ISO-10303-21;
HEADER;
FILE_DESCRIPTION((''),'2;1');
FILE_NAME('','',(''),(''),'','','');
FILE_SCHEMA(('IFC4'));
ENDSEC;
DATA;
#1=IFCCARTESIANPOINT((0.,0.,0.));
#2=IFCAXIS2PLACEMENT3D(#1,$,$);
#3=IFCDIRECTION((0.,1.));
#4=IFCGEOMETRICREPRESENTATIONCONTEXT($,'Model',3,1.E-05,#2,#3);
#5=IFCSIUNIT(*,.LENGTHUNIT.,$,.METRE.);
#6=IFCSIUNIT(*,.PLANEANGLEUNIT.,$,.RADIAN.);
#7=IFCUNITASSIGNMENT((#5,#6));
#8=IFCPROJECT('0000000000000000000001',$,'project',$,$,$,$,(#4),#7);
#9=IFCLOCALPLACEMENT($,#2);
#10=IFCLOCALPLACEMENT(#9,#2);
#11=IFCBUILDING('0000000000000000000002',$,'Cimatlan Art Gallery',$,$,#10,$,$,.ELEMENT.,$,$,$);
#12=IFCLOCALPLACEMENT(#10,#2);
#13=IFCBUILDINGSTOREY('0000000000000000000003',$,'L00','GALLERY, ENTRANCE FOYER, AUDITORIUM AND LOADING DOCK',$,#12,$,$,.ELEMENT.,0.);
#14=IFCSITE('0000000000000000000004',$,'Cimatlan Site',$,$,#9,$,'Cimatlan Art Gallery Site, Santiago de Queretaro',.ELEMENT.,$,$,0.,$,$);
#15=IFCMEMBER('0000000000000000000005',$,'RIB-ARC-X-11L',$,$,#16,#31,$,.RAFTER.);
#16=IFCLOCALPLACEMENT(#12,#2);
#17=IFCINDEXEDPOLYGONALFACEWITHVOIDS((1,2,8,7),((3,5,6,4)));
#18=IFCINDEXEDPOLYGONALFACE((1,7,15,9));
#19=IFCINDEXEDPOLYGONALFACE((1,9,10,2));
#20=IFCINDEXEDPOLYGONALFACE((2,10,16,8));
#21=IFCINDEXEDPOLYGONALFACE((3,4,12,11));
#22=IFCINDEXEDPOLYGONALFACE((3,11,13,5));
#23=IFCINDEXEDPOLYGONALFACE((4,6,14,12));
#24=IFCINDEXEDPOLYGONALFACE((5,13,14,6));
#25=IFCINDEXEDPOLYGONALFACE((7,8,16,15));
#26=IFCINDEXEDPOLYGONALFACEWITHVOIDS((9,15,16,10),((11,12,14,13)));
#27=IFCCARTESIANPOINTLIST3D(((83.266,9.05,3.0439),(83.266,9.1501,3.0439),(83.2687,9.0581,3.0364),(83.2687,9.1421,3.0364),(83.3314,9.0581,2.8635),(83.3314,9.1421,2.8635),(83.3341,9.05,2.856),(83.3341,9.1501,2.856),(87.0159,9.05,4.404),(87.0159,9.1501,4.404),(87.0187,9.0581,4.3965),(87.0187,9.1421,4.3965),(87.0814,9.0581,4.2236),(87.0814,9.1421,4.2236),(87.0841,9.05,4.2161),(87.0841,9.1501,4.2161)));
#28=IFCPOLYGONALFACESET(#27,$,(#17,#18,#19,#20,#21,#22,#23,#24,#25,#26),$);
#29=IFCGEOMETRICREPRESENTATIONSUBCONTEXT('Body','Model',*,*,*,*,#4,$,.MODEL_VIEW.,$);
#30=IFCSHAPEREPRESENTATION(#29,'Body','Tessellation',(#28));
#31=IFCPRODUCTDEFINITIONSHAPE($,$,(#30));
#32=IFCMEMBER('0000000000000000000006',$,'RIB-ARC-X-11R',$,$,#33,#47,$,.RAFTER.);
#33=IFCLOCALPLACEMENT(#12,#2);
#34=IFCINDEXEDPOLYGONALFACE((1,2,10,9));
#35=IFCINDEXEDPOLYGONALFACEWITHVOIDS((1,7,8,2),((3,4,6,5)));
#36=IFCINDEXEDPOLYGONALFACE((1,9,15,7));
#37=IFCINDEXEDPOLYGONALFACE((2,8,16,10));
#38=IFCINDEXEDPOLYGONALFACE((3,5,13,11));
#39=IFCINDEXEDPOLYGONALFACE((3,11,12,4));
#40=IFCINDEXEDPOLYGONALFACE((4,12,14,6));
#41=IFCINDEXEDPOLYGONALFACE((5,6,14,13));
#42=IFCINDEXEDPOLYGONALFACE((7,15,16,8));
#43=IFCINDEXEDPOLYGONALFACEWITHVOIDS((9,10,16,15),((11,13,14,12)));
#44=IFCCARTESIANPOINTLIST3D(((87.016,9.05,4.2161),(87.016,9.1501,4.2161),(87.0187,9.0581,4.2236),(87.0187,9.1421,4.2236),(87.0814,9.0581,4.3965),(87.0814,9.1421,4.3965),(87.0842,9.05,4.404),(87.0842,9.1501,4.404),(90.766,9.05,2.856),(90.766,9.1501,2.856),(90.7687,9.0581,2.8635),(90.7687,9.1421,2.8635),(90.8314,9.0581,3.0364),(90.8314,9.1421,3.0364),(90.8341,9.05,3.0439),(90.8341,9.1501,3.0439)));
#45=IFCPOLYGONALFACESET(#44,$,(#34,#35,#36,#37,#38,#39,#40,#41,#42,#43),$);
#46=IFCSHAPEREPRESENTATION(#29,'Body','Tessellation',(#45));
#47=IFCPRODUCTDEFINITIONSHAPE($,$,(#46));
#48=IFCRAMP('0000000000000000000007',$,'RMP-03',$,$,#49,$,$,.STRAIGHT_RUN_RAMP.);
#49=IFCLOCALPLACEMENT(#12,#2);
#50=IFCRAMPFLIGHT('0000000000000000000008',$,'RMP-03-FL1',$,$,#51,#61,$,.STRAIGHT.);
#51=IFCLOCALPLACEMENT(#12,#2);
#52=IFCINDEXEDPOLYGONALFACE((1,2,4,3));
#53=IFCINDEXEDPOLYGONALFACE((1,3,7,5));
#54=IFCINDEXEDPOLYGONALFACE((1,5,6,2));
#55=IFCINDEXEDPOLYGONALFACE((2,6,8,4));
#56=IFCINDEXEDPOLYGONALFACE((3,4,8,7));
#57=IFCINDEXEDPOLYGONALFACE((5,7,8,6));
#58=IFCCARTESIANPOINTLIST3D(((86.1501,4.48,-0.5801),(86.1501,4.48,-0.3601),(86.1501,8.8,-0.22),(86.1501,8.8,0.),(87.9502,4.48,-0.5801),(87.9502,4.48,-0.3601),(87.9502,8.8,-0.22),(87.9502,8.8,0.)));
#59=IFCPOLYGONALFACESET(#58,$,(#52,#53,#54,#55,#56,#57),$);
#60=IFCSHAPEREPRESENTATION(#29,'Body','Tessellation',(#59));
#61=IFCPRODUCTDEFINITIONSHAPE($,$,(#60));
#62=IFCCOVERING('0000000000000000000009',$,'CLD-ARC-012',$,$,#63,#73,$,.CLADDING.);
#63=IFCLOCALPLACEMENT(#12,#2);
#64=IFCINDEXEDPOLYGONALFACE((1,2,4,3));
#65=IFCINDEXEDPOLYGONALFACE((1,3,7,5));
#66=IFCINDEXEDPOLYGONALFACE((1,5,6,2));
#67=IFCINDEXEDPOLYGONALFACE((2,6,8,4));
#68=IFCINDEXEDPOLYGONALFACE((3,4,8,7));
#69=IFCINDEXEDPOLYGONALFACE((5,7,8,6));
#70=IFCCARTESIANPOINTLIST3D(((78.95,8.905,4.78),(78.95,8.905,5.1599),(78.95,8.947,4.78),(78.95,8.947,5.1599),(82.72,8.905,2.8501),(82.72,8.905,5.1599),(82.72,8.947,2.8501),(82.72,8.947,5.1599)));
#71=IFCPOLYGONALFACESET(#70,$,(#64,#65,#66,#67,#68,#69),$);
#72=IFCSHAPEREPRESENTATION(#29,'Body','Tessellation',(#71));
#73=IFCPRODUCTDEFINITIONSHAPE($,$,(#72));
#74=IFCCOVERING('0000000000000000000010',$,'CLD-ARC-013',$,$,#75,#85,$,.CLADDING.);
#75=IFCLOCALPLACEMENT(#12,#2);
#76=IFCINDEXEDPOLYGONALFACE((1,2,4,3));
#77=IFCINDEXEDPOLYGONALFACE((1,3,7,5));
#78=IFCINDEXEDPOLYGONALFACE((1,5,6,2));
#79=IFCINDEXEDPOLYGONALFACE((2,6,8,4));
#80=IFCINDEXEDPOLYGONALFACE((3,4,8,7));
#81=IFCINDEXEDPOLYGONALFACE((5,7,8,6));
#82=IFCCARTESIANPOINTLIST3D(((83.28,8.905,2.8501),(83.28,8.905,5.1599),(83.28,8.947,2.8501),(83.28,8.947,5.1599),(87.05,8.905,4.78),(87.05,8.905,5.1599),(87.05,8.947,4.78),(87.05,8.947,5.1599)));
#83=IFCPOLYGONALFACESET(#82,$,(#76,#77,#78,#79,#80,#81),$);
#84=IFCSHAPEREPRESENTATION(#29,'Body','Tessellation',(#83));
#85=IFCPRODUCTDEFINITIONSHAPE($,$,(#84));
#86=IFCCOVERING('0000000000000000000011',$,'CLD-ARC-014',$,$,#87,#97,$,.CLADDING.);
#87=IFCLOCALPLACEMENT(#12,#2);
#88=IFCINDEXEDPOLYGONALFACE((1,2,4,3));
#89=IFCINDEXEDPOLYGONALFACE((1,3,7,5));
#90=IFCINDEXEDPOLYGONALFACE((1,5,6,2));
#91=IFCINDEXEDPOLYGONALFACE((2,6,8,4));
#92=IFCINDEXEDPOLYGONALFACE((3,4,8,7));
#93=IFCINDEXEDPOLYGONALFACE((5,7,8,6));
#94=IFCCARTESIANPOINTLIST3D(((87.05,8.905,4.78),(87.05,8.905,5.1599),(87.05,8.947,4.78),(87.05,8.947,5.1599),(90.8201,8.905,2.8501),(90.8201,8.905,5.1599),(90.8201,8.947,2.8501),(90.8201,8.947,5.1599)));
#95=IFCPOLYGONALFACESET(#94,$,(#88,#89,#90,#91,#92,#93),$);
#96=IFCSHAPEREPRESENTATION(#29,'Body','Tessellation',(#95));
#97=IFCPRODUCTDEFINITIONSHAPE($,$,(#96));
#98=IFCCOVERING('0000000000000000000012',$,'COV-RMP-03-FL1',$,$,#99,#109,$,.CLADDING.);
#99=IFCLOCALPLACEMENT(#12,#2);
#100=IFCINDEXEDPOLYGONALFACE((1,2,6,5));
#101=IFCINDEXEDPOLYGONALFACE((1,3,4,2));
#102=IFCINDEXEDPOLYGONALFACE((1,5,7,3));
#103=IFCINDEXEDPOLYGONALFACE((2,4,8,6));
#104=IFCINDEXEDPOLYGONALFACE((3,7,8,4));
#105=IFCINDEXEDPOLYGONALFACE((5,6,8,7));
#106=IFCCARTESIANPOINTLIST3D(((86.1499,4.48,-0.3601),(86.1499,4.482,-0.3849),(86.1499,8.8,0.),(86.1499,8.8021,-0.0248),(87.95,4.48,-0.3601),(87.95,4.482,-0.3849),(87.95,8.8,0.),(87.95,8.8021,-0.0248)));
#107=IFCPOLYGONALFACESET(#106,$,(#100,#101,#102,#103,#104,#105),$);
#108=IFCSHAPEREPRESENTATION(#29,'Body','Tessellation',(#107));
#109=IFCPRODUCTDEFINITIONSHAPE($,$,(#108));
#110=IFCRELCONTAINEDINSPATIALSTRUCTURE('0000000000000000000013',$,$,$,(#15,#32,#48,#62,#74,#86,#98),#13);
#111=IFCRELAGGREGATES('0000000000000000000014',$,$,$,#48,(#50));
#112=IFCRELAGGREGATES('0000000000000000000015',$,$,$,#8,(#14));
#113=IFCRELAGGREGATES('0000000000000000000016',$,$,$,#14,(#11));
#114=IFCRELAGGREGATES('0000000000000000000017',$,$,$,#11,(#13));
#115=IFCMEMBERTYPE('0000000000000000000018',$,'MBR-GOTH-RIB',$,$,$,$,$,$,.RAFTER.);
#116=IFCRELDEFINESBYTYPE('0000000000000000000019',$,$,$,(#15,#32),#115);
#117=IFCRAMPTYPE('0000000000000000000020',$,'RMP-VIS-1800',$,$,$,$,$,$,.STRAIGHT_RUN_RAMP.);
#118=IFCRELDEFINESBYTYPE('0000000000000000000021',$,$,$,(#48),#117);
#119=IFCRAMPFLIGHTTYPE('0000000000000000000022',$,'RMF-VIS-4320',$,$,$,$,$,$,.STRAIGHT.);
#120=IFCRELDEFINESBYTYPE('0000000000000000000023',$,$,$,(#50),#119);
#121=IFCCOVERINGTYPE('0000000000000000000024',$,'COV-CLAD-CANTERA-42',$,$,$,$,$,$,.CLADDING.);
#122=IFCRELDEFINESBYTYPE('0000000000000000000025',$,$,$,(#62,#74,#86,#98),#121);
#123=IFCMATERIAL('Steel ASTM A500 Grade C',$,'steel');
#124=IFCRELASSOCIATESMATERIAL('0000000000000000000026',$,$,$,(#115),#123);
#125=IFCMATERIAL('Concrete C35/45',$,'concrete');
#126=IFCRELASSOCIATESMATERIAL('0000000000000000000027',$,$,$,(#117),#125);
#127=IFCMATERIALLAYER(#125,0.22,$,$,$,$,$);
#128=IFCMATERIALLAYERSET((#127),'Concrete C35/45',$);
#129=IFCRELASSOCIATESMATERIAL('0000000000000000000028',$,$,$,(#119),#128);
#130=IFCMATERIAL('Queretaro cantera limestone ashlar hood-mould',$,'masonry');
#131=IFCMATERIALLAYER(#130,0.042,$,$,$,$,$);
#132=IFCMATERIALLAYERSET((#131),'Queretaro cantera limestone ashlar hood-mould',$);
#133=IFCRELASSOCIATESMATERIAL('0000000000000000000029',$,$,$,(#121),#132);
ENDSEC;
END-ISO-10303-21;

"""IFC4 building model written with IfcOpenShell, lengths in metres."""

from ifc_helpers import new_model, si_unit, direction, frame, origin, origin_2d, place, context, subcontext, project, spatial, polyline, hollow_rectangle, outline, extrude, material, layer, layer_set, material_profile, profile_set, type_object, element, aggregate, save


model = new_model("IFC4")

# Units and contexts
model_context = context("Model", 3, precision=1e-05, world=origin(), true_north=direction((0.0, 1.0)))
body_context = subcontext(model_context, "Body", "Model", "MODEL_VIEW")
ifc_project = project(units=[si_unit("LENGTHUNIT", "METRE"), si_unit("PLANEANGLEUNIT", "RADIAN")], contexts=[model_context])

# Site, building, storey
site_placement = place(None, origin())
site = spatial("IfcSite", under=ifc_project, at=site_placement, Name="Cimatlan Site", LongName="Cimatlan Art Gallery Site, Santiago de Queretaro", CompositionType="ELEMENT", RefElevation=0.0)
building_placement = place(site_placement, origin())
building = spatial("IfcBuilding", under=site, at=building_placement, Name="Cimatlan Art Gallery", CompositionType="ELEMENT")
storey_placement = place(building_placement, origin())
storey = spatial("IfcBuildingStorey", under=building, at=storey_placement, Name="L00", Description="GALLERY, ENTRANCE FOYER, AUDITORIUM AND LOADING DOCK", CompositionType="ELEMENT", Elevation=0.0)

# Members
ifc_material_1 = material(Name="Steel ASTM A500 Grade C", Category="steel")
ifc_material_profile_1 = material_profile(ifc_material_1, hollow_rectangle(XDim=0.1001, YDim=0.2, WallThickness=0.0081, at=origin_2d()), Name="HSS200X100X8")
ifc_profile_set_1 = profile_set([ifc_material_profile_1], Name="Steel ASTM A500 Grade C")
member_type = type_object("IfcMemberType", Name="MBR-GOTH-RIB", PredefinedType="RAFTER", material=ifc_profile_set_1)
for number, where, z_axis, x_axis, name in (
    (1, (83.3, 9.1001, 2.95), (0.940077, 0.0, 0.340962), (0.0, 1.0, 0.0), "RIB-ARC-X-11L"),
    (2, (90.8, 9.1001, 2.95), (-0.940077, 0.0, 0.340962), (0.0, -1.0, 0.0), "RIB-ARC-X-11R"),
):
    element("IfcMember", number, at=place(storey_placement, frame(where, z_axis=z_axis, x_axis=x_axis)), inside=storey, type_object=member_type, Name=name, PredefinedType="RAFTER", context=body_context, shape_type="SweptSolid", body=[
        extrude(hollow_rectangle(XDim=0.1001, YDim=0.2, WallThickness=0.0081, at=origin_2d()), origin(), (0.0, 0.0, 1.0), 3.989),
    ])

# Ramp, ramp flight
ifc_material_2 = material(Name="Concrete C35/45", Category="concrete")
ramp_type = type_object("IfcRampType", Name="RMP-VIS-1800", PredefinedType="STRAIGHT_RUN_RAMP", material=ifc_material_2)
ramp_placement = place(storey_placement, origin())
ramp = element("IfcRamp", 3, at=ramp_placement, inside=storey, type_object=ramp_type, Name="RMP-03", PredefinedType="STRAIGHT_RUN_RAMP")
ifc_layer_1 = layer(ifc_material_2, 0.22)
ifc_layer_set_1 = layer_set([ifc_layer_1], Name="Concrete C35/45")
ramp_flight_type = type_object("IfcRampFlightType", Name="RMF-VIS-4320", PredefinedType="STRAIGHT", material=ifc_layer_set_1)
ramp_flight_placement = place(storey_placement, frame((87.05, 4.48, -0.3601), z_axis=(0.0, 0.0, 1.0), x_axis=(0.0, 1.0, 0.0)))
ramp_flight = element("IfcRampFlight", 4, at=ramp_flight_placement, type_object=ramp_flight_type, Name="RMP-03-FL1", PredefinedType="STRAIGHT", context=body_context, shape_type="SweptSolid", body=[
    extrude(outline(polyline([(0.0, 0.0), (4.3201, 0.3601), (4.3201, 0.1401), (0.0, -0.22), (0.0, 0.0)])), frame((0.0, 0.8999, 0.0), z_axis=(0.0, -1.0, 0.0), x_axis=(1.0, 0.0, 0.0)), (0.0, 0.0, 1.0), 1.8),
])
aggregate(ramp, [ramp_flight])

# Coverings
ifc_material_3 = material(Name="Queretaro cantera limestone ashlar hood-mould", Category="masonry")
ifc_layer_2 = layer(ifc_material_3, 0.042)
ifc_layer_set_2 = layer_set([ifc_layer_2], Name="Queretaro cantera limestone ashlar hood-mould")
covering_type = type_object("IfcCoveringType", Name="COV-CLAD-CANTERA-42", PredefinedType="CLADDING", material=ifc_layer_set_2)
covering_1_placement = place(storey_placement, frame((78.95, 8.905, 4.78), z_axis=(0.0, -1.0, 0.0), x_axis=(0.890144, 0.0, -0.455679)))
element("IfcCovering", 5, at=covering_1_placement, inside=storey, type_object=covering_type, Name="CLD-ARC-012", PredefinedType="CLADDING", context=body_context, shape_type="SweptSolid", body=[
    extrude(outline(polyline([(0.0, 0.0), (4.2353, 0.0), (3.1828, 2.0561), (-0.1731, 0.3382), (0.0, 0.0)])), origin(), (0.0, 0.0, -1.0), 0.042),
])
covering_2_placement = place(storey_placement, frame((83.28, 8.905, 2.8501), z_axis=(0.0, -1.0, 0.0), x_axis=(0.890144, 0.0, 0.455679)))
element("IfcCovering", 6, at=covering_2_placement, inside=storey, type_object=covering_type, Name="CLD-ARC-013", PredefinedType="CLADDING", context=body_context, shape_type="SweptSolid", body=[
    extrude(outline(polyline([(0.0, 0.0), (4.2353, 0.0), (4.4084, 0.3382), (1.0525, 2.0561), (0.0, 0.0)])), origin(), (0.0, 0.0, -1.0), 0.042),
])
covering_3_placement = place(storey_placement, frame((87.05, 8.905, 4.78), z_axis=(0.0, -1.0, 0.0), x_axis=(0.890144, 0.0, -0.455679)))
element("IfcCovering", 7, at=covering_3_placement, inside=storey, type_object=covering_type, Name="CLD-ARC-014", PredefinedType="CLADDING", context=body_context, shape_type="SweptSolid", body=[
    extrude(outline(polyline([(0.0, 0.0), (4.2353, 0.0), (3.1828, 2.0561), (-0.1731, 0.3382), (0.0, 0.0)])), origin(), (0.0, 0.0, -1.0), 0.042),
])
covering_4_placement = place(storey_placement, frame((87.95, 4.48, -0.3601), z_axis=(0.0, -0.083069, 0.996544), x_axis=(0.0, 0.996544, 0.083069)))
element("IfcCovering", 8, at=covering_4_placement, inside=storey, type_object=covering_type, Name="COV-RMP-03-FL1", PredefinedType="CLADDING", context=body_context, shape_type="SweptSolid", body=[
    extrude(outline(polyline([(0.0, 0.0), (4.3351, 0.0), (4.3351, 1.8), (0.0, 1.8), (0.0, 0.0)])), origin(), (0.0, 0.0, -1.0), 0.0249),
])

save(model, "model.ifc")
